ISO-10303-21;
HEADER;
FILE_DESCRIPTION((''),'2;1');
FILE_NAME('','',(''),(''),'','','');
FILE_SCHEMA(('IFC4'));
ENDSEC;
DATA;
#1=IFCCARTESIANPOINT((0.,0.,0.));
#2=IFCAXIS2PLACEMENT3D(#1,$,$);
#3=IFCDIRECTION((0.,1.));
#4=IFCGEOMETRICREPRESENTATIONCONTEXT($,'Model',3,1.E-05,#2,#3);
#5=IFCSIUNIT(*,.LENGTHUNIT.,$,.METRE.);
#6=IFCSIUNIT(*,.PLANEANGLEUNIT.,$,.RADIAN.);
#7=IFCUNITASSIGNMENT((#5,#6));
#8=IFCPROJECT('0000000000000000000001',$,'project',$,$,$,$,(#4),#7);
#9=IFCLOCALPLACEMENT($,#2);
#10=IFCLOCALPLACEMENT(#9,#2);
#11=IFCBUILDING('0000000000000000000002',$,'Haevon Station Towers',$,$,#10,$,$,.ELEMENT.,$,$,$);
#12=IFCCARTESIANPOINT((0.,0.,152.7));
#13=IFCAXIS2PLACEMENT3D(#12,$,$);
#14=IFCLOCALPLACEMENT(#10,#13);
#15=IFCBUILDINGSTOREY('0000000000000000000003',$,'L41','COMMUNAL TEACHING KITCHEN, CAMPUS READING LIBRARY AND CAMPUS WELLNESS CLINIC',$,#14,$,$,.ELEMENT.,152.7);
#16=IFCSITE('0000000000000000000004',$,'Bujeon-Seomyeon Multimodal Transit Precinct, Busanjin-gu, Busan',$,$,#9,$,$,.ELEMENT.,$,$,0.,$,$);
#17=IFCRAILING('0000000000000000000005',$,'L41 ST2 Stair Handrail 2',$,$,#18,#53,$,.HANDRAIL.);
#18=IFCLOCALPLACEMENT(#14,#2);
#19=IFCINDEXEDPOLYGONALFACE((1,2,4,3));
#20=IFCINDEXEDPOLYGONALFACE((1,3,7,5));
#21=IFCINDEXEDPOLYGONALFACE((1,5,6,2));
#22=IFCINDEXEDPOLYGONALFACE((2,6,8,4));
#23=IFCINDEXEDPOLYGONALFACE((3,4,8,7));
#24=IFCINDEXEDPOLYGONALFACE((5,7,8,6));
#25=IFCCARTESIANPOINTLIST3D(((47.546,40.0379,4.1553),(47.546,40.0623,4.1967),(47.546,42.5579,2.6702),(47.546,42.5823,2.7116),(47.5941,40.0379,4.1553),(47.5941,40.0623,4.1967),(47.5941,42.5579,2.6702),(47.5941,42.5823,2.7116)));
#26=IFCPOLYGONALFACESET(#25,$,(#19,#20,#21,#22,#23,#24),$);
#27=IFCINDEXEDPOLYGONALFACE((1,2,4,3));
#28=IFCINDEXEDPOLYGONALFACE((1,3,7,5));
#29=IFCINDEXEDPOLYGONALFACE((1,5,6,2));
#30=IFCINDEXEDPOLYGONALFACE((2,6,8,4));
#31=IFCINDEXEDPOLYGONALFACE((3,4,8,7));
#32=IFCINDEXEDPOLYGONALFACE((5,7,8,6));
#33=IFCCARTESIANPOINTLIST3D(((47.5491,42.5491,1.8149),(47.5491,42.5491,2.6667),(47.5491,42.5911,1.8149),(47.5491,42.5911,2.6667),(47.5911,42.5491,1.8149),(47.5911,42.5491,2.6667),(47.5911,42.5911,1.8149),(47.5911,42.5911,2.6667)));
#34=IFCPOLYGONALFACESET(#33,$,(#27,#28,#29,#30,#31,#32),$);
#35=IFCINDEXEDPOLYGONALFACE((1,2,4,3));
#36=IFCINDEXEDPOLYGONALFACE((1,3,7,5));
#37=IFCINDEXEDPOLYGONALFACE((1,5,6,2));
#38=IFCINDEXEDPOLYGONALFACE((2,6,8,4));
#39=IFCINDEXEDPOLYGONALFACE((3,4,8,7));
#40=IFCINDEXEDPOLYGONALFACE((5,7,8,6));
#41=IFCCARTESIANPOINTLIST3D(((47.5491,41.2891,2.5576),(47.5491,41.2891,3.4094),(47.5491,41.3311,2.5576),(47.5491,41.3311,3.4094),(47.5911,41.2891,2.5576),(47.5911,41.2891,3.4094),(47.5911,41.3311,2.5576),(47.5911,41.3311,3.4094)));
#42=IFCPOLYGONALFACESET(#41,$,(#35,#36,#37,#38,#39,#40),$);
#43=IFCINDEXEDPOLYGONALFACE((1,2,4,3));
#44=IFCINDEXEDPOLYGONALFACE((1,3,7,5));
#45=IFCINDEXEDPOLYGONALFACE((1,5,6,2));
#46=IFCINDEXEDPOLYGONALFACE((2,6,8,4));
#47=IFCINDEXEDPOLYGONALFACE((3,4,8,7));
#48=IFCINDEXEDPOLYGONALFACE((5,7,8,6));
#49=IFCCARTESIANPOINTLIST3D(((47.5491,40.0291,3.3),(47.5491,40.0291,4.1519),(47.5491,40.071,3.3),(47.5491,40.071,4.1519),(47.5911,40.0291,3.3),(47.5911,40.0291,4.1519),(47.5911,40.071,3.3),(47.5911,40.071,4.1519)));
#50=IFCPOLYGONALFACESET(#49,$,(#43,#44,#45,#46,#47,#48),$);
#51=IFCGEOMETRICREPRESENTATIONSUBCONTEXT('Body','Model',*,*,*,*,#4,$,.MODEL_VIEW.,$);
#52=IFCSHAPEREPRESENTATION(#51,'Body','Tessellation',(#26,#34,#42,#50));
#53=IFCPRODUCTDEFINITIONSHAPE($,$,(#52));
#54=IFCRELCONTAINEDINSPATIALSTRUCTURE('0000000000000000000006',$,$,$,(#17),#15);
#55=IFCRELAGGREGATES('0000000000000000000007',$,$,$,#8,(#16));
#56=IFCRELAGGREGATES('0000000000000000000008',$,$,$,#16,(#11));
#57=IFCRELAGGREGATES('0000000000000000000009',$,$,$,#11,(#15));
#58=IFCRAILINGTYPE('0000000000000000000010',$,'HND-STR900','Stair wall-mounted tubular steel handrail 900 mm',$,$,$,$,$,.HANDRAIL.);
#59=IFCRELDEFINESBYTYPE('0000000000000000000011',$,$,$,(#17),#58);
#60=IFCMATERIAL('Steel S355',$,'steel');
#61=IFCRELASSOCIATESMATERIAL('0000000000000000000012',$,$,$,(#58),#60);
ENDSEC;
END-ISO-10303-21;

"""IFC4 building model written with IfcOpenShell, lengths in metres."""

from ifc_helpers import new_model, si_unit, direction, frame, origin, origin_2d, place, context, subcontext, project, spatial, rectangle, extrude, material, type_object, element, save


model = new_model("IFC4")

# Units and contexts
model_context = context("Model", 3, precision=1e-05, world=origin(), true_north=direction((0.0, 1.0)))
body_context = subcontext(model_context, "Body", "Model", "MODEL_VIEW")
ifc_project = project(units=[si_unit("LENGTHUNIT", "METRE"), si_unit("PLANEANGLEUNIT", "RADIAN")], contexts=[model_context])

# Site, building, storey
site_placement = place(None, origin())
site = spatial("IfcSite", under=ifc_project, at=site_placement, Name="Bujeon-Seomyeon Multimodal Transit Precinct, Busanjin-gu, Busan", CompositionType="ELEMENT", RefElevation=0.0)
building_placement = place(site_placement, origin())
building = spatial("IfcBuilding", under=site, at=building_placement, Name="Haevon Station Towers", CompositionType="ELEMENT")
storey_placement = place(building_placement, frame((0.0, 0.0, 152.7)))
storey = spatial("IfcBuildingStorey", under=building, at=storey_placement, Name="L41", Description="COMMUNAL TEACHING KITCHEN, CAMPUS READING LIBRARY AND CAMPUS WELLNESS CLINIC", CompositionType="ELEMENT", Elevation=152.7)

# Shared definitions
ifc_material_1 = material(Name="Steel S355", Category="steel")

# Railing
railing_type_1 = type_object("IfcRailingType", Name="HND-STR900", Description="Stair wall-mounted tubular steel handrail 900 mm", PredefinedType="HANDRAIL", material=ifc_material_1)
railing_1_placement = place(storey_placement, frame((47.5701, 42.5701, 1.8149)))
element("IfcRailing", 1, at=railing_1_placement, inside=storey, type_object=railing_type_1, Name="L41 ST2 Stair Handrail 2", PredefinedType="HANDRAIL", context=body_context, shape_type="SweptSolid", body=[
    extrude(rectangle(XDim=0.0481, YDim=0.0481, at=origin_2d()), frame((0.0, 0.0, 0.876), z_axis=(0.0, -0.861524, 0.507717), x_axis=(1.0, 0.0, 0.0)), (0.0, 0.0, 1.0), 2.925),
    extrude(rectangle(XDim=0.042, YDim=0.042, at=origin_2d()), origin(), (0.0, 0.0, 1.0), 0.8518),
    extrude(rectangle(XDim=0.042, YDim=0.042, at=origin_2d()), frame((0.0, -1.26, 0.7427)), (0.0, 0.0, 1.0), 0.8518),
    extrude(rectangle(XDim=0.042, YDim=0.042, at=origin_2d()), frame((0.0, -2.52, 1.4851)), (0.0, 0.0, 1.0), 0.8518),
])

save(model, "model.ifc")
